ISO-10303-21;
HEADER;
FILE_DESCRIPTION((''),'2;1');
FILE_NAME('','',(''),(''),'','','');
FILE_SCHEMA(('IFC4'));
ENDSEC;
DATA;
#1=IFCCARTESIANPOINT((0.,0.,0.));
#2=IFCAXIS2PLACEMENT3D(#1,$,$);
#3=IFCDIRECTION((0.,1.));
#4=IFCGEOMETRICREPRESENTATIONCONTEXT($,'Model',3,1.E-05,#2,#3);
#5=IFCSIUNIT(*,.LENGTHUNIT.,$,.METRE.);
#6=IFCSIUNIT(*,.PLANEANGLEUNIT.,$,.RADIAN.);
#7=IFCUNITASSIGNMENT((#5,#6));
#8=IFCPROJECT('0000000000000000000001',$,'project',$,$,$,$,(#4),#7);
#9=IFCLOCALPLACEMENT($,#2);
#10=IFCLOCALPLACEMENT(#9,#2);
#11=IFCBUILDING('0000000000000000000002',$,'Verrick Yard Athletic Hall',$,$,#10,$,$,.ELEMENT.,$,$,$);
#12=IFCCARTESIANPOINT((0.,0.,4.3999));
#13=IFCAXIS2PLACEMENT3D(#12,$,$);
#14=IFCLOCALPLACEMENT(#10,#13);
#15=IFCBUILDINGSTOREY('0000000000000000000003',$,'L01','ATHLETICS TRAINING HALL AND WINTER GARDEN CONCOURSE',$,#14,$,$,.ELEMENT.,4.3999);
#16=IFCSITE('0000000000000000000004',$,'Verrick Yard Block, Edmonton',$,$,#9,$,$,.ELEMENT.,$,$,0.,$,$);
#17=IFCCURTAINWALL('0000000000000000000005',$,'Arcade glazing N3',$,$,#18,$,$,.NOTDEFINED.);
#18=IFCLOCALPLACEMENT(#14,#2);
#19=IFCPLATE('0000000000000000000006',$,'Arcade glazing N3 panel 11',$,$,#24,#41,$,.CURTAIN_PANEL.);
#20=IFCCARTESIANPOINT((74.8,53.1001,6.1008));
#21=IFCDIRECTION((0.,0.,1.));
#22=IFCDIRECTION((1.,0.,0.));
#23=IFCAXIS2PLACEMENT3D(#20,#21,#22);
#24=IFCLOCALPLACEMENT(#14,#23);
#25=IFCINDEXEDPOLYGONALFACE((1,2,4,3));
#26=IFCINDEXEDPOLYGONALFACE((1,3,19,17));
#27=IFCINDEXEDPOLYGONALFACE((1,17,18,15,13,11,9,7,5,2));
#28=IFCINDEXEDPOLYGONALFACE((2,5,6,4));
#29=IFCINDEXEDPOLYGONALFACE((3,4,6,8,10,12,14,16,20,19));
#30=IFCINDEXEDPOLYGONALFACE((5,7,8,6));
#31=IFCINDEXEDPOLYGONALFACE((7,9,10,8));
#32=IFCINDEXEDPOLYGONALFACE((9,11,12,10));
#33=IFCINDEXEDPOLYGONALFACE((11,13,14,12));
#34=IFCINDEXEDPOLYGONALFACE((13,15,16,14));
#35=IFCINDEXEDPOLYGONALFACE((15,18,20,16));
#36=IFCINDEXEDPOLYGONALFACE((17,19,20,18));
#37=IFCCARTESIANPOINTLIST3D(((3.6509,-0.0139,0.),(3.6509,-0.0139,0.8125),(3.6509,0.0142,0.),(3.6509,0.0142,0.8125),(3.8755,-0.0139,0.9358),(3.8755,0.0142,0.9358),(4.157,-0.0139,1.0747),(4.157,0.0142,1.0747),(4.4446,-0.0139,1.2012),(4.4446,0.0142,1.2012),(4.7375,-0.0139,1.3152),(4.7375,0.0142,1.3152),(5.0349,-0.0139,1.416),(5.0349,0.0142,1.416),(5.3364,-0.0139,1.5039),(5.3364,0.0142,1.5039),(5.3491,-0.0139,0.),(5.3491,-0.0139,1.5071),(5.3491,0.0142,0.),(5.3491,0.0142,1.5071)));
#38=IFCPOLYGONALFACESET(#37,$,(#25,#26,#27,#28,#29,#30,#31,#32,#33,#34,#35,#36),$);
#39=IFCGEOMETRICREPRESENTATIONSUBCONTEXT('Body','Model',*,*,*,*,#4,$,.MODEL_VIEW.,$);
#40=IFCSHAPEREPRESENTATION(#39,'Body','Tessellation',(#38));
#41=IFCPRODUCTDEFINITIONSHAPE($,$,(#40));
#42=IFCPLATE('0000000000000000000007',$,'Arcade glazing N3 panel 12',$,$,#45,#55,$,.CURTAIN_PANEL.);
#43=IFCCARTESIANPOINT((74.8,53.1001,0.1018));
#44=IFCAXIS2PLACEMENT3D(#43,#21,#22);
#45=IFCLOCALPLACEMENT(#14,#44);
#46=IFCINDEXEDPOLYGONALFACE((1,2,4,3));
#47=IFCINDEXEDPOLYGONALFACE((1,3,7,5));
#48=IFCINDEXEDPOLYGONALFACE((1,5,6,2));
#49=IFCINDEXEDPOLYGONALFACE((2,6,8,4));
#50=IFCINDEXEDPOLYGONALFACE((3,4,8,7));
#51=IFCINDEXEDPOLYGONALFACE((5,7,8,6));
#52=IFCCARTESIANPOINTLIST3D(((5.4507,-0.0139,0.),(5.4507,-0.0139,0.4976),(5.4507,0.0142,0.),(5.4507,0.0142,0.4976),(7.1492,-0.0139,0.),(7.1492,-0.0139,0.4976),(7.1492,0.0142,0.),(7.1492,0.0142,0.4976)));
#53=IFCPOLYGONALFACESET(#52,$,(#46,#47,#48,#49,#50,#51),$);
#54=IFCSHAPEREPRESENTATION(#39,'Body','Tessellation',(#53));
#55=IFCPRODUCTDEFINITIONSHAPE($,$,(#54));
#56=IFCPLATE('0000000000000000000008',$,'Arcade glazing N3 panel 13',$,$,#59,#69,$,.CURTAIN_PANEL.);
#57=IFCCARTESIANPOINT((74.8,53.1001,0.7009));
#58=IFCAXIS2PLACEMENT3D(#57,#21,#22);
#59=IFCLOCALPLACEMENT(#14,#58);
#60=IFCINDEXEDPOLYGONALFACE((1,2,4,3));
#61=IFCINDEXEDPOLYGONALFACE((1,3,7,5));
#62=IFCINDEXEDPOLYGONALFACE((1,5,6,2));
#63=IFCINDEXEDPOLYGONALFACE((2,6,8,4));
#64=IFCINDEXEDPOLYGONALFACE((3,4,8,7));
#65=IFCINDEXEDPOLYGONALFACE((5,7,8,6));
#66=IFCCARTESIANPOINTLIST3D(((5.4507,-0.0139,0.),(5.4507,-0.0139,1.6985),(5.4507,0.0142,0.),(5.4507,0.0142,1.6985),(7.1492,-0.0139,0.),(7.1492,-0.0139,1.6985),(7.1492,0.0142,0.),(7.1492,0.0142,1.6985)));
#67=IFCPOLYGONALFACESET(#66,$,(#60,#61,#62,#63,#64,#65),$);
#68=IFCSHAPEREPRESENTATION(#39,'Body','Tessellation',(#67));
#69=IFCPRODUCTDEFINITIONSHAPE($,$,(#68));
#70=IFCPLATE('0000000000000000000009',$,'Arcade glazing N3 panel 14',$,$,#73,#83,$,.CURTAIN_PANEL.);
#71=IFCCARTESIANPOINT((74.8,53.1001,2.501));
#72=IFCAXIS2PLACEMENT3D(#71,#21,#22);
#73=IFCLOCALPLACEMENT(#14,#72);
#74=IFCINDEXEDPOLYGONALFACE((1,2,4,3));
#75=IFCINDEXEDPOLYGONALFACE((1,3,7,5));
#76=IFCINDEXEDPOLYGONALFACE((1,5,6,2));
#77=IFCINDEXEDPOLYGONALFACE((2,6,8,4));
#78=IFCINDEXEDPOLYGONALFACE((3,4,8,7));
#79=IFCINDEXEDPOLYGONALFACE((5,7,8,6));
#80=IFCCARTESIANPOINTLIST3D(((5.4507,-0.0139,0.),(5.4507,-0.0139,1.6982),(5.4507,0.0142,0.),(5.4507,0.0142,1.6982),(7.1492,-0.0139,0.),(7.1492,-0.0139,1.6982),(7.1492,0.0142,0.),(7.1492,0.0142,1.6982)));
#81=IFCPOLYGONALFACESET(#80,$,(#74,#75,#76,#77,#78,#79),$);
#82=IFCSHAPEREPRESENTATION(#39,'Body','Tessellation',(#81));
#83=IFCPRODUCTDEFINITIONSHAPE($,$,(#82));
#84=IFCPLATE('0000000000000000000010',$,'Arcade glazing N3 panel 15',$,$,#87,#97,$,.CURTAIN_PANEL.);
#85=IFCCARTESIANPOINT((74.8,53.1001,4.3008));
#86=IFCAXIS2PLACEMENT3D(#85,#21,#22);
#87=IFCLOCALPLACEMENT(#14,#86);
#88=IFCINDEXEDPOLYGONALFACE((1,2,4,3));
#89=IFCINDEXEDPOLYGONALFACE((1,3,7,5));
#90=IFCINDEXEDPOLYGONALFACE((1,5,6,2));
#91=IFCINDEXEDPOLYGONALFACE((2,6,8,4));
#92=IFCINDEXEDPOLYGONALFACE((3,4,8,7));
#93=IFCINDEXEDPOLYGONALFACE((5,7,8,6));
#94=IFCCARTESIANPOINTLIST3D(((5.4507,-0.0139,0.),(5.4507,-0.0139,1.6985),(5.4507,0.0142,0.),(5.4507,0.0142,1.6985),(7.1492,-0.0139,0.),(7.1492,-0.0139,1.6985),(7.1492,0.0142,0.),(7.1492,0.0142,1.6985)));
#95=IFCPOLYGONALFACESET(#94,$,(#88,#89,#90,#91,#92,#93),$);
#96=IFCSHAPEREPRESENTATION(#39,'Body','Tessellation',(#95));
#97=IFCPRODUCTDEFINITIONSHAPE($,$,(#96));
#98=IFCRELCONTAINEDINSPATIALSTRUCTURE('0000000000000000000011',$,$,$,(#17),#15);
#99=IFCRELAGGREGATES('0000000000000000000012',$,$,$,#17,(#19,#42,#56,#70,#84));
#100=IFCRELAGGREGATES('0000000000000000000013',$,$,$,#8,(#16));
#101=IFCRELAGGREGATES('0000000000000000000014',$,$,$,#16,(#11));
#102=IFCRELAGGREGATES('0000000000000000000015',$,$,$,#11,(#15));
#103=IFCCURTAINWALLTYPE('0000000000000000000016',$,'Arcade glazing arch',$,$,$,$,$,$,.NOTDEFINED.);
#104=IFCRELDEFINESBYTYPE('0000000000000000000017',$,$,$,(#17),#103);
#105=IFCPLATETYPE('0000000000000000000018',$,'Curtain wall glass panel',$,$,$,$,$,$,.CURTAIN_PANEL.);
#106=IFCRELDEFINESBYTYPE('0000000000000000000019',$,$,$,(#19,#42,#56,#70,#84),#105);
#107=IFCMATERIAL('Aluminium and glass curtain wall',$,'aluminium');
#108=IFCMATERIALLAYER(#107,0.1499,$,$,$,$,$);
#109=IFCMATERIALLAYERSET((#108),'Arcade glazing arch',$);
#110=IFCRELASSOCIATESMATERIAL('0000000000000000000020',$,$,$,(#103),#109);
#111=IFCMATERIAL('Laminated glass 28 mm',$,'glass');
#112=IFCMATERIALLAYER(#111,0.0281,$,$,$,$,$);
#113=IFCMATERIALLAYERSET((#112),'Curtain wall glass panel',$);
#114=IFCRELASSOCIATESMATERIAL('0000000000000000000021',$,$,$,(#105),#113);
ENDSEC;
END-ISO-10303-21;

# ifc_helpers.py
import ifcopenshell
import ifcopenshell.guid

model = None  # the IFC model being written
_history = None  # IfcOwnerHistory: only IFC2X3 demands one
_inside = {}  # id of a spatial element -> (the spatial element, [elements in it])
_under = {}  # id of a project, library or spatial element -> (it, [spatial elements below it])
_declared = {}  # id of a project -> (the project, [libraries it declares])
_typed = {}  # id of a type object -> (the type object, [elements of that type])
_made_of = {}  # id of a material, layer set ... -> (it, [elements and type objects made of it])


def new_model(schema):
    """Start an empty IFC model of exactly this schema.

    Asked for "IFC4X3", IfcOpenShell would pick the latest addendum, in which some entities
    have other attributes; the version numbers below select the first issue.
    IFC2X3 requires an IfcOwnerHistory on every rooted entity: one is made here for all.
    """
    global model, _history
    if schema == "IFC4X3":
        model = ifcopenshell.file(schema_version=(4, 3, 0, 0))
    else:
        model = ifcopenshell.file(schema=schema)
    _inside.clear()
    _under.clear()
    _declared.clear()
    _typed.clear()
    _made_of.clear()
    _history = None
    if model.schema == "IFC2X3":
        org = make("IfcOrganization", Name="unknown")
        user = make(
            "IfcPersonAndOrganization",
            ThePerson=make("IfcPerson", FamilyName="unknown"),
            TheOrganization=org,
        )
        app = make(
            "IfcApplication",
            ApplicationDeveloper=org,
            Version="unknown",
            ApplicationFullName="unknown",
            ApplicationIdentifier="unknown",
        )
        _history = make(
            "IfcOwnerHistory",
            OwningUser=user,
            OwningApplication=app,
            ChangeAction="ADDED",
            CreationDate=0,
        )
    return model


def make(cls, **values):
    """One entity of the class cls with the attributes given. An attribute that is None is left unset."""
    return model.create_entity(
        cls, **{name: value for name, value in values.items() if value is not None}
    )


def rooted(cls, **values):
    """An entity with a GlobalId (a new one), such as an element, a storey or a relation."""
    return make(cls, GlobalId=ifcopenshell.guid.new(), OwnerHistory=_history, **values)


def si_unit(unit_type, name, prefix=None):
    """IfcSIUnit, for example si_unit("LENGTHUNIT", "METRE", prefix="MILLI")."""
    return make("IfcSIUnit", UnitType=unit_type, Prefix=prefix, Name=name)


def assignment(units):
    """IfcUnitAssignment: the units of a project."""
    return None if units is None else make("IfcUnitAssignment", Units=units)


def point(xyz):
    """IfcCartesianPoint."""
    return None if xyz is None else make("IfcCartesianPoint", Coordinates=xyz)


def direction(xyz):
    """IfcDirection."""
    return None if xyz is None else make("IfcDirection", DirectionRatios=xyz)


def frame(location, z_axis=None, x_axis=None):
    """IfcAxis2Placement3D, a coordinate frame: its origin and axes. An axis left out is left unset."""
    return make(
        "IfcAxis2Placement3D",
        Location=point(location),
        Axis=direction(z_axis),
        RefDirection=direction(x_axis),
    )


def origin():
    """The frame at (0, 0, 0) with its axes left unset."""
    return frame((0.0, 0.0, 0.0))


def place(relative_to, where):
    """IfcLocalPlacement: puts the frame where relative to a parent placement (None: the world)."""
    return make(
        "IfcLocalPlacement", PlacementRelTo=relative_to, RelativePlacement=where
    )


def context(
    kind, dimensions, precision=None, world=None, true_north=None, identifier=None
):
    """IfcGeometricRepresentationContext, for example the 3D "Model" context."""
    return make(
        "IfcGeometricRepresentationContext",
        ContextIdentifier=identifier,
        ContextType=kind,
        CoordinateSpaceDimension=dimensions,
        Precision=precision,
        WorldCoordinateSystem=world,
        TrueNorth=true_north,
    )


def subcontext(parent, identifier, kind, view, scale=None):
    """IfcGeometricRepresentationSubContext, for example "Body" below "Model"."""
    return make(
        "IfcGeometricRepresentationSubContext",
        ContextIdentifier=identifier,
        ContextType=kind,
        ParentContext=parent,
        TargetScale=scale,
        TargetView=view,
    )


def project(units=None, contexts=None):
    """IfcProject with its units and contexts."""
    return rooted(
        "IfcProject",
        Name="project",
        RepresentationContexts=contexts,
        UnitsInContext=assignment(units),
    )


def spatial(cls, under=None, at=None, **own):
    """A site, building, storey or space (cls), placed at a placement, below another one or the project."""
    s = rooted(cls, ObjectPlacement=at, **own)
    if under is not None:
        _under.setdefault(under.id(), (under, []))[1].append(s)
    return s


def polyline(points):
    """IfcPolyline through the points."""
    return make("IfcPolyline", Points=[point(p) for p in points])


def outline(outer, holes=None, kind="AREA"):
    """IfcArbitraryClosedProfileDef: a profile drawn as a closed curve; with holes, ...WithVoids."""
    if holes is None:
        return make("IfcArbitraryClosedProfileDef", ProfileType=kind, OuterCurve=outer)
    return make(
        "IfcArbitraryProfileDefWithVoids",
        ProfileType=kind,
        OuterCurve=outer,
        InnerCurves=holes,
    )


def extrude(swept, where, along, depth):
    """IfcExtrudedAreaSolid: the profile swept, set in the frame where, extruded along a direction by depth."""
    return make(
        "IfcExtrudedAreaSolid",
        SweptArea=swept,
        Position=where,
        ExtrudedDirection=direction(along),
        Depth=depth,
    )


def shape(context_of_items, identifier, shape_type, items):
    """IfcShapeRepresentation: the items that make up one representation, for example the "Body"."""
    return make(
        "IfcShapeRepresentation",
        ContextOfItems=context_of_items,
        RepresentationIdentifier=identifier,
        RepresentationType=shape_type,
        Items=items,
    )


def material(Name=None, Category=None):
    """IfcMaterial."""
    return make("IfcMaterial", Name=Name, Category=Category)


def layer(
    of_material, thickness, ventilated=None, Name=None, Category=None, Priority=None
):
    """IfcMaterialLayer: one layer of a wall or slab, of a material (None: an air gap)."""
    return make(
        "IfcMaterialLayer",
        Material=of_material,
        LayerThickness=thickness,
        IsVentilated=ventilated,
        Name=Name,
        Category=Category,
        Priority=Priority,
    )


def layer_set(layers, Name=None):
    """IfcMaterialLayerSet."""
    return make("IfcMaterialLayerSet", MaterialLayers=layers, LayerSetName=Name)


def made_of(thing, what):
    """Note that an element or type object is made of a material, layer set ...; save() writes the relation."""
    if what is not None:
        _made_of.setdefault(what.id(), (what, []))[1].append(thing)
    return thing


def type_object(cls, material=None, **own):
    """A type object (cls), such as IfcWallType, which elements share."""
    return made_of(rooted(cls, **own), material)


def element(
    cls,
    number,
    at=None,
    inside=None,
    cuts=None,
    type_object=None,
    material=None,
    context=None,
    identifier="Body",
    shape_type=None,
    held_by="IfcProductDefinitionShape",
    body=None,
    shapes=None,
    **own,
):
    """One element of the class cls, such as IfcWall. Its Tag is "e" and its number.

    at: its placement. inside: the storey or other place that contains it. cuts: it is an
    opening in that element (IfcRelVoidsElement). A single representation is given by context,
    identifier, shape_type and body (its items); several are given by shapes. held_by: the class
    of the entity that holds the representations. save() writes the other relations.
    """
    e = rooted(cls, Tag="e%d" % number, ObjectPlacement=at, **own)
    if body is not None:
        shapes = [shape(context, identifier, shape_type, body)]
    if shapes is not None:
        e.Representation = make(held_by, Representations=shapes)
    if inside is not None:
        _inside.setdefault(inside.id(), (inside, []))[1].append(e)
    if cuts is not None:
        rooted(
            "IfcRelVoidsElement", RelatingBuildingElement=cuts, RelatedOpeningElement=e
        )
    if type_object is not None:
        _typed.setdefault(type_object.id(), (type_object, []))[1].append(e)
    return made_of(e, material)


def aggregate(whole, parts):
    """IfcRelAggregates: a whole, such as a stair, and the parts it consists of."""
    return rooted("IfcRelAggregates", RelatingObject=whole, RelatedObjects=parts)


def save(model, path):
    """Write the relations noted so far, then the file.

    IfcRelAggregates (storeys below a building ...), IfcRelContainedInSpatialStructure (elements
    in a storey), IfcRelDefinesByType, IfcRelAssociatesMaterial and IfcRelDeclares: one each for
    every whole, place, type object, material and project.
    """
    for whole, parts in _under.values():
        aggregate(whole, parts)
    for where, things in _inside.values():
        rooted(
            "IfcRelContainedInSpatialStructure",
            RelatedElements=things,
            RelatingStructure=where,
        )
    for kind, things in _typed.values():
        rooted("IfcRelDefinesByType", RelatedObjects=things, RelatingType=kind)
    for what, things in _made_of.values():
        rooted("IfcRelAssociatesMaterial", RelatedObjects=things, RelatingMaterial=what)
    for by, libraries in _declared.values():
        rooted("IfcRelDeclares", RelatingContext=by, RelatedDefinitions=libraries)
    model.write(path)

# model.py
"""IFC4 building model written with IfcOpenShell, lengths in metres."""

from ifc_helpers import new_model, si_unit, direction, frame, origin, place, context, subcontext, project, spatial, polyline, outline, extrude, material, layer, layer_set, type_object, element, aggregate, save


model = new_model("IFC4")

# Units and contexts
model_context = context("Model", 3, precision=1e-05, world=origin(), true_north=direction((0.0, 1.0)))
body_context = subcontext(model_context, "Body", "Model", "MODEL_VIEW")
ifc_project = project(units=[si_unit("LENGTHUNIT", "METRE"), si_unit("PLANEANGLEUNIT", "RADIAN")], contexts=[model_context])

# Site, building, storey
site_placement = place(None, origin())
site = spatial("IfcSite", under=ifc_project, at=site_placement, Name="Verrick Yard Block, Edmonton", CompositionType="ELEMENT", RefElevation=0.0)
building_placement = place(site_placement, origin())
building = spatial("IfcBuilding", under=site, at=building_placement, Name="Verrick Yard Athletic Hall", CompositionType="ELEMENT")
storey_placement = place(building_placement, frame((0.0, 0.0, 4.3999)))
storey = spatial("IfcBuildingStorey", under=building, at=storey_placement, Name="L01", Description="ATHLETICS TRAINING HALL AND WINTER GARDEN CONCOURSE", CompositionType="ELEMENT", Elevation=4.3999)

# Shared definitions
ifc_material_1 = material(Name="Aluminium and glass curtain wall", Category="aluminium")
ifc_layer_1 = layer(ifc_material_1, 0.1499)
ifc_layer_set_1 = layer_set([ifc_layer_1], Name="Arcade glazing arch")
curtain_wall_type = type_object("IfcCurtainWallType", Name="Arcade glazing arch", PredefinedType="NOTDEFINED", material=ifc_layer_set_1)

# Curtain wall, plates
curtain_wall_1_placement = place(storey_placement, origin())
curtain_wall_1 = element("IfcCurtainWall", 1, at=curtain_wall_1_placement, inside=storey, type_object=curtain_wall_type, Name="Arcade glazing N3", PredefinedType="NOTDEFINED")
ifc_material_2 = material(Name="Laminated glass 28 mm", Category="glass")
ifc_layer_2 = layer(ifc_material_2, 0.0281)
ifc_layer_set_2 = layer_set([ifc_layer_2], Name="Curtain wall glass panel")
plate_type = type_object("IfcPlateType", Name="Curtain wall glass panel", PredefinedType="CURTAIN_PANEL", material=ifc_layer_set_2)
plate_1_placement = place(storey_placement, frame((74.8, 53.1001, 6.1008), z_axis=(0.0, 0.0, 1.0), x_axis=(1.0, 0.0, 0.0)))
plate_1 = element("IfcPlate", 2, at=plate_1_placement, type_object=plate_type, Name="Arcade glazing N3 panel 11", PredefinedType="CURTAIN_PANEL", context=body_context, shape_type="SweptSolid", body=[
    extrude(outline(polyline([(5.3491, 1.5071), (5.3364, 1.5039), (5.0349, 1.416), (4.7375, 1.3152), (4.4446, 1.2012), (4.157, 1.0747), (3.8755, 0.9358), (3.6509, 0.8125), (3.6509, 0.0), (5.3491, 0.0), (5.3491, 1.5071)])), frame((0.0, 0.0142, 0.0), z_axis=(0.0, -1.0, 0.0), x_axis=(1.0, 0.0, 0.0)), (0.0, 0.0, 1.0), 0.0281),
])
plate_2_placement = place(storey_placement, frame((74.8, 53.1001, 0.1018), z_axis=(0.0, 0.0, 1.0), x_axis=(1.0, 0.0, 0.0)))
plate_2 = element("IfcPlate", 3, at=plate_2_placement, type_object=plate_type, Name="Arcade glazing N3 panel 12", PredefinedType="CURTAIN_PANEL", context=body_context, shape_type="SweptSolid", body=[
    extrude(outline(polyline([(7.1492, 0.0), (7.1492, 0.4976), (5.4507, 0.4976), (5.4507, 0.0), (7.1492, 0.0)])), frame((0.0, 0.0142, 0.0), z_axis=(0.0, -1.0, 0.0), x_axis=(1.0, 0.0, 0.0)), (0.0, 0.0, 1.0), 0.0281),
])
plate_3_placement = place(storey_placement, frame((74.8, 53.1001, 0.7009), z_axis=(0.0, 0.0, 1.0), x_axis=(1.0, 0.0, 0.0)))
plate_3 = element("IfcPlate", 4, at=plate_3_placement, type_object=plate_type, Name="Arcade glazing N3 panel 13", PredefinedType="CURTAIN_PANEL", context=body_context, shape_type="SweptSolid", body=[
    extrude(outline(polyline([(7.1492, 0.0), (7.1492, 1.6985), (5.4507, 1.6985), (5.4507, 0.0), (7.1492, 0.0)])), frame((0.0, 0.0142, 0.0), z_axis=(0.0, -1.0, 0.0), x_axis=(1.0, 0.0, 0.0)), (0.0, 0.0, 1.0), 0.0281),
])
plate_4_placement = place(storey_placement, frame((74.8, 53.1001, 2.501), z_axis=(0.0, 0.0, 1.0), x_axis=(1.0, 0.0, 0.0)))
plate_4 = element("IfcPlate", 5, at=plate_4_placement, type_object=plate_type, Name="Arcade glazing N3 panel 14", PredefinedType="CURTAIN_PANEL", context=body_context, shape_type="SweptSolid", body=[
    extrude(outline(polyline([(7.1492, 0.0), (7.1492, 1.6982), (5.4507, 1.6982), (5.4507, 0.0), (7.1492, 0.0)])), frame((0.0, 0.0142, 0.0), z_axis=(0.0, -1.0, 0.0), x_axis=(1.0, 0.0, 0.0)), (0.0, 0.0, 1.0), 0.0281),
])
plate_5_placement = place(storey_placement, frame((74.8, 53.1001, 4.3008), z_axis=(0.0, 0.0, 1.0), x_axis=(1.0, 0.0, 0.0)))
plate_5 = element("IfcPlate", 6, at=plate_5_placement, type_object=plate_type, Name="Arcade glazing N3 panel 15", PredefinedType="CURTAIN_PANEL", context=body_context, shape_type="SweptSolid", body=[
    extrude(outline(polyline([(7.1492, 0.0), (7.1492, 1.6985), (5.4507, 1.6985), (5.4507, 0.0), (7.1492, 0.0)])), frame((0.0, 0.0142, 0.0), z_axis=(0.0, -1.0, 0.0), x_axis=(1.0, 0.0, 0.0)), (0.0, 0.0, 1.0), 0.0281),
])
aggregate(curtain_wall_1, [plate_1, plate_2, plate_3, plate_4, plate_5])

save(model, "model.ifc")
